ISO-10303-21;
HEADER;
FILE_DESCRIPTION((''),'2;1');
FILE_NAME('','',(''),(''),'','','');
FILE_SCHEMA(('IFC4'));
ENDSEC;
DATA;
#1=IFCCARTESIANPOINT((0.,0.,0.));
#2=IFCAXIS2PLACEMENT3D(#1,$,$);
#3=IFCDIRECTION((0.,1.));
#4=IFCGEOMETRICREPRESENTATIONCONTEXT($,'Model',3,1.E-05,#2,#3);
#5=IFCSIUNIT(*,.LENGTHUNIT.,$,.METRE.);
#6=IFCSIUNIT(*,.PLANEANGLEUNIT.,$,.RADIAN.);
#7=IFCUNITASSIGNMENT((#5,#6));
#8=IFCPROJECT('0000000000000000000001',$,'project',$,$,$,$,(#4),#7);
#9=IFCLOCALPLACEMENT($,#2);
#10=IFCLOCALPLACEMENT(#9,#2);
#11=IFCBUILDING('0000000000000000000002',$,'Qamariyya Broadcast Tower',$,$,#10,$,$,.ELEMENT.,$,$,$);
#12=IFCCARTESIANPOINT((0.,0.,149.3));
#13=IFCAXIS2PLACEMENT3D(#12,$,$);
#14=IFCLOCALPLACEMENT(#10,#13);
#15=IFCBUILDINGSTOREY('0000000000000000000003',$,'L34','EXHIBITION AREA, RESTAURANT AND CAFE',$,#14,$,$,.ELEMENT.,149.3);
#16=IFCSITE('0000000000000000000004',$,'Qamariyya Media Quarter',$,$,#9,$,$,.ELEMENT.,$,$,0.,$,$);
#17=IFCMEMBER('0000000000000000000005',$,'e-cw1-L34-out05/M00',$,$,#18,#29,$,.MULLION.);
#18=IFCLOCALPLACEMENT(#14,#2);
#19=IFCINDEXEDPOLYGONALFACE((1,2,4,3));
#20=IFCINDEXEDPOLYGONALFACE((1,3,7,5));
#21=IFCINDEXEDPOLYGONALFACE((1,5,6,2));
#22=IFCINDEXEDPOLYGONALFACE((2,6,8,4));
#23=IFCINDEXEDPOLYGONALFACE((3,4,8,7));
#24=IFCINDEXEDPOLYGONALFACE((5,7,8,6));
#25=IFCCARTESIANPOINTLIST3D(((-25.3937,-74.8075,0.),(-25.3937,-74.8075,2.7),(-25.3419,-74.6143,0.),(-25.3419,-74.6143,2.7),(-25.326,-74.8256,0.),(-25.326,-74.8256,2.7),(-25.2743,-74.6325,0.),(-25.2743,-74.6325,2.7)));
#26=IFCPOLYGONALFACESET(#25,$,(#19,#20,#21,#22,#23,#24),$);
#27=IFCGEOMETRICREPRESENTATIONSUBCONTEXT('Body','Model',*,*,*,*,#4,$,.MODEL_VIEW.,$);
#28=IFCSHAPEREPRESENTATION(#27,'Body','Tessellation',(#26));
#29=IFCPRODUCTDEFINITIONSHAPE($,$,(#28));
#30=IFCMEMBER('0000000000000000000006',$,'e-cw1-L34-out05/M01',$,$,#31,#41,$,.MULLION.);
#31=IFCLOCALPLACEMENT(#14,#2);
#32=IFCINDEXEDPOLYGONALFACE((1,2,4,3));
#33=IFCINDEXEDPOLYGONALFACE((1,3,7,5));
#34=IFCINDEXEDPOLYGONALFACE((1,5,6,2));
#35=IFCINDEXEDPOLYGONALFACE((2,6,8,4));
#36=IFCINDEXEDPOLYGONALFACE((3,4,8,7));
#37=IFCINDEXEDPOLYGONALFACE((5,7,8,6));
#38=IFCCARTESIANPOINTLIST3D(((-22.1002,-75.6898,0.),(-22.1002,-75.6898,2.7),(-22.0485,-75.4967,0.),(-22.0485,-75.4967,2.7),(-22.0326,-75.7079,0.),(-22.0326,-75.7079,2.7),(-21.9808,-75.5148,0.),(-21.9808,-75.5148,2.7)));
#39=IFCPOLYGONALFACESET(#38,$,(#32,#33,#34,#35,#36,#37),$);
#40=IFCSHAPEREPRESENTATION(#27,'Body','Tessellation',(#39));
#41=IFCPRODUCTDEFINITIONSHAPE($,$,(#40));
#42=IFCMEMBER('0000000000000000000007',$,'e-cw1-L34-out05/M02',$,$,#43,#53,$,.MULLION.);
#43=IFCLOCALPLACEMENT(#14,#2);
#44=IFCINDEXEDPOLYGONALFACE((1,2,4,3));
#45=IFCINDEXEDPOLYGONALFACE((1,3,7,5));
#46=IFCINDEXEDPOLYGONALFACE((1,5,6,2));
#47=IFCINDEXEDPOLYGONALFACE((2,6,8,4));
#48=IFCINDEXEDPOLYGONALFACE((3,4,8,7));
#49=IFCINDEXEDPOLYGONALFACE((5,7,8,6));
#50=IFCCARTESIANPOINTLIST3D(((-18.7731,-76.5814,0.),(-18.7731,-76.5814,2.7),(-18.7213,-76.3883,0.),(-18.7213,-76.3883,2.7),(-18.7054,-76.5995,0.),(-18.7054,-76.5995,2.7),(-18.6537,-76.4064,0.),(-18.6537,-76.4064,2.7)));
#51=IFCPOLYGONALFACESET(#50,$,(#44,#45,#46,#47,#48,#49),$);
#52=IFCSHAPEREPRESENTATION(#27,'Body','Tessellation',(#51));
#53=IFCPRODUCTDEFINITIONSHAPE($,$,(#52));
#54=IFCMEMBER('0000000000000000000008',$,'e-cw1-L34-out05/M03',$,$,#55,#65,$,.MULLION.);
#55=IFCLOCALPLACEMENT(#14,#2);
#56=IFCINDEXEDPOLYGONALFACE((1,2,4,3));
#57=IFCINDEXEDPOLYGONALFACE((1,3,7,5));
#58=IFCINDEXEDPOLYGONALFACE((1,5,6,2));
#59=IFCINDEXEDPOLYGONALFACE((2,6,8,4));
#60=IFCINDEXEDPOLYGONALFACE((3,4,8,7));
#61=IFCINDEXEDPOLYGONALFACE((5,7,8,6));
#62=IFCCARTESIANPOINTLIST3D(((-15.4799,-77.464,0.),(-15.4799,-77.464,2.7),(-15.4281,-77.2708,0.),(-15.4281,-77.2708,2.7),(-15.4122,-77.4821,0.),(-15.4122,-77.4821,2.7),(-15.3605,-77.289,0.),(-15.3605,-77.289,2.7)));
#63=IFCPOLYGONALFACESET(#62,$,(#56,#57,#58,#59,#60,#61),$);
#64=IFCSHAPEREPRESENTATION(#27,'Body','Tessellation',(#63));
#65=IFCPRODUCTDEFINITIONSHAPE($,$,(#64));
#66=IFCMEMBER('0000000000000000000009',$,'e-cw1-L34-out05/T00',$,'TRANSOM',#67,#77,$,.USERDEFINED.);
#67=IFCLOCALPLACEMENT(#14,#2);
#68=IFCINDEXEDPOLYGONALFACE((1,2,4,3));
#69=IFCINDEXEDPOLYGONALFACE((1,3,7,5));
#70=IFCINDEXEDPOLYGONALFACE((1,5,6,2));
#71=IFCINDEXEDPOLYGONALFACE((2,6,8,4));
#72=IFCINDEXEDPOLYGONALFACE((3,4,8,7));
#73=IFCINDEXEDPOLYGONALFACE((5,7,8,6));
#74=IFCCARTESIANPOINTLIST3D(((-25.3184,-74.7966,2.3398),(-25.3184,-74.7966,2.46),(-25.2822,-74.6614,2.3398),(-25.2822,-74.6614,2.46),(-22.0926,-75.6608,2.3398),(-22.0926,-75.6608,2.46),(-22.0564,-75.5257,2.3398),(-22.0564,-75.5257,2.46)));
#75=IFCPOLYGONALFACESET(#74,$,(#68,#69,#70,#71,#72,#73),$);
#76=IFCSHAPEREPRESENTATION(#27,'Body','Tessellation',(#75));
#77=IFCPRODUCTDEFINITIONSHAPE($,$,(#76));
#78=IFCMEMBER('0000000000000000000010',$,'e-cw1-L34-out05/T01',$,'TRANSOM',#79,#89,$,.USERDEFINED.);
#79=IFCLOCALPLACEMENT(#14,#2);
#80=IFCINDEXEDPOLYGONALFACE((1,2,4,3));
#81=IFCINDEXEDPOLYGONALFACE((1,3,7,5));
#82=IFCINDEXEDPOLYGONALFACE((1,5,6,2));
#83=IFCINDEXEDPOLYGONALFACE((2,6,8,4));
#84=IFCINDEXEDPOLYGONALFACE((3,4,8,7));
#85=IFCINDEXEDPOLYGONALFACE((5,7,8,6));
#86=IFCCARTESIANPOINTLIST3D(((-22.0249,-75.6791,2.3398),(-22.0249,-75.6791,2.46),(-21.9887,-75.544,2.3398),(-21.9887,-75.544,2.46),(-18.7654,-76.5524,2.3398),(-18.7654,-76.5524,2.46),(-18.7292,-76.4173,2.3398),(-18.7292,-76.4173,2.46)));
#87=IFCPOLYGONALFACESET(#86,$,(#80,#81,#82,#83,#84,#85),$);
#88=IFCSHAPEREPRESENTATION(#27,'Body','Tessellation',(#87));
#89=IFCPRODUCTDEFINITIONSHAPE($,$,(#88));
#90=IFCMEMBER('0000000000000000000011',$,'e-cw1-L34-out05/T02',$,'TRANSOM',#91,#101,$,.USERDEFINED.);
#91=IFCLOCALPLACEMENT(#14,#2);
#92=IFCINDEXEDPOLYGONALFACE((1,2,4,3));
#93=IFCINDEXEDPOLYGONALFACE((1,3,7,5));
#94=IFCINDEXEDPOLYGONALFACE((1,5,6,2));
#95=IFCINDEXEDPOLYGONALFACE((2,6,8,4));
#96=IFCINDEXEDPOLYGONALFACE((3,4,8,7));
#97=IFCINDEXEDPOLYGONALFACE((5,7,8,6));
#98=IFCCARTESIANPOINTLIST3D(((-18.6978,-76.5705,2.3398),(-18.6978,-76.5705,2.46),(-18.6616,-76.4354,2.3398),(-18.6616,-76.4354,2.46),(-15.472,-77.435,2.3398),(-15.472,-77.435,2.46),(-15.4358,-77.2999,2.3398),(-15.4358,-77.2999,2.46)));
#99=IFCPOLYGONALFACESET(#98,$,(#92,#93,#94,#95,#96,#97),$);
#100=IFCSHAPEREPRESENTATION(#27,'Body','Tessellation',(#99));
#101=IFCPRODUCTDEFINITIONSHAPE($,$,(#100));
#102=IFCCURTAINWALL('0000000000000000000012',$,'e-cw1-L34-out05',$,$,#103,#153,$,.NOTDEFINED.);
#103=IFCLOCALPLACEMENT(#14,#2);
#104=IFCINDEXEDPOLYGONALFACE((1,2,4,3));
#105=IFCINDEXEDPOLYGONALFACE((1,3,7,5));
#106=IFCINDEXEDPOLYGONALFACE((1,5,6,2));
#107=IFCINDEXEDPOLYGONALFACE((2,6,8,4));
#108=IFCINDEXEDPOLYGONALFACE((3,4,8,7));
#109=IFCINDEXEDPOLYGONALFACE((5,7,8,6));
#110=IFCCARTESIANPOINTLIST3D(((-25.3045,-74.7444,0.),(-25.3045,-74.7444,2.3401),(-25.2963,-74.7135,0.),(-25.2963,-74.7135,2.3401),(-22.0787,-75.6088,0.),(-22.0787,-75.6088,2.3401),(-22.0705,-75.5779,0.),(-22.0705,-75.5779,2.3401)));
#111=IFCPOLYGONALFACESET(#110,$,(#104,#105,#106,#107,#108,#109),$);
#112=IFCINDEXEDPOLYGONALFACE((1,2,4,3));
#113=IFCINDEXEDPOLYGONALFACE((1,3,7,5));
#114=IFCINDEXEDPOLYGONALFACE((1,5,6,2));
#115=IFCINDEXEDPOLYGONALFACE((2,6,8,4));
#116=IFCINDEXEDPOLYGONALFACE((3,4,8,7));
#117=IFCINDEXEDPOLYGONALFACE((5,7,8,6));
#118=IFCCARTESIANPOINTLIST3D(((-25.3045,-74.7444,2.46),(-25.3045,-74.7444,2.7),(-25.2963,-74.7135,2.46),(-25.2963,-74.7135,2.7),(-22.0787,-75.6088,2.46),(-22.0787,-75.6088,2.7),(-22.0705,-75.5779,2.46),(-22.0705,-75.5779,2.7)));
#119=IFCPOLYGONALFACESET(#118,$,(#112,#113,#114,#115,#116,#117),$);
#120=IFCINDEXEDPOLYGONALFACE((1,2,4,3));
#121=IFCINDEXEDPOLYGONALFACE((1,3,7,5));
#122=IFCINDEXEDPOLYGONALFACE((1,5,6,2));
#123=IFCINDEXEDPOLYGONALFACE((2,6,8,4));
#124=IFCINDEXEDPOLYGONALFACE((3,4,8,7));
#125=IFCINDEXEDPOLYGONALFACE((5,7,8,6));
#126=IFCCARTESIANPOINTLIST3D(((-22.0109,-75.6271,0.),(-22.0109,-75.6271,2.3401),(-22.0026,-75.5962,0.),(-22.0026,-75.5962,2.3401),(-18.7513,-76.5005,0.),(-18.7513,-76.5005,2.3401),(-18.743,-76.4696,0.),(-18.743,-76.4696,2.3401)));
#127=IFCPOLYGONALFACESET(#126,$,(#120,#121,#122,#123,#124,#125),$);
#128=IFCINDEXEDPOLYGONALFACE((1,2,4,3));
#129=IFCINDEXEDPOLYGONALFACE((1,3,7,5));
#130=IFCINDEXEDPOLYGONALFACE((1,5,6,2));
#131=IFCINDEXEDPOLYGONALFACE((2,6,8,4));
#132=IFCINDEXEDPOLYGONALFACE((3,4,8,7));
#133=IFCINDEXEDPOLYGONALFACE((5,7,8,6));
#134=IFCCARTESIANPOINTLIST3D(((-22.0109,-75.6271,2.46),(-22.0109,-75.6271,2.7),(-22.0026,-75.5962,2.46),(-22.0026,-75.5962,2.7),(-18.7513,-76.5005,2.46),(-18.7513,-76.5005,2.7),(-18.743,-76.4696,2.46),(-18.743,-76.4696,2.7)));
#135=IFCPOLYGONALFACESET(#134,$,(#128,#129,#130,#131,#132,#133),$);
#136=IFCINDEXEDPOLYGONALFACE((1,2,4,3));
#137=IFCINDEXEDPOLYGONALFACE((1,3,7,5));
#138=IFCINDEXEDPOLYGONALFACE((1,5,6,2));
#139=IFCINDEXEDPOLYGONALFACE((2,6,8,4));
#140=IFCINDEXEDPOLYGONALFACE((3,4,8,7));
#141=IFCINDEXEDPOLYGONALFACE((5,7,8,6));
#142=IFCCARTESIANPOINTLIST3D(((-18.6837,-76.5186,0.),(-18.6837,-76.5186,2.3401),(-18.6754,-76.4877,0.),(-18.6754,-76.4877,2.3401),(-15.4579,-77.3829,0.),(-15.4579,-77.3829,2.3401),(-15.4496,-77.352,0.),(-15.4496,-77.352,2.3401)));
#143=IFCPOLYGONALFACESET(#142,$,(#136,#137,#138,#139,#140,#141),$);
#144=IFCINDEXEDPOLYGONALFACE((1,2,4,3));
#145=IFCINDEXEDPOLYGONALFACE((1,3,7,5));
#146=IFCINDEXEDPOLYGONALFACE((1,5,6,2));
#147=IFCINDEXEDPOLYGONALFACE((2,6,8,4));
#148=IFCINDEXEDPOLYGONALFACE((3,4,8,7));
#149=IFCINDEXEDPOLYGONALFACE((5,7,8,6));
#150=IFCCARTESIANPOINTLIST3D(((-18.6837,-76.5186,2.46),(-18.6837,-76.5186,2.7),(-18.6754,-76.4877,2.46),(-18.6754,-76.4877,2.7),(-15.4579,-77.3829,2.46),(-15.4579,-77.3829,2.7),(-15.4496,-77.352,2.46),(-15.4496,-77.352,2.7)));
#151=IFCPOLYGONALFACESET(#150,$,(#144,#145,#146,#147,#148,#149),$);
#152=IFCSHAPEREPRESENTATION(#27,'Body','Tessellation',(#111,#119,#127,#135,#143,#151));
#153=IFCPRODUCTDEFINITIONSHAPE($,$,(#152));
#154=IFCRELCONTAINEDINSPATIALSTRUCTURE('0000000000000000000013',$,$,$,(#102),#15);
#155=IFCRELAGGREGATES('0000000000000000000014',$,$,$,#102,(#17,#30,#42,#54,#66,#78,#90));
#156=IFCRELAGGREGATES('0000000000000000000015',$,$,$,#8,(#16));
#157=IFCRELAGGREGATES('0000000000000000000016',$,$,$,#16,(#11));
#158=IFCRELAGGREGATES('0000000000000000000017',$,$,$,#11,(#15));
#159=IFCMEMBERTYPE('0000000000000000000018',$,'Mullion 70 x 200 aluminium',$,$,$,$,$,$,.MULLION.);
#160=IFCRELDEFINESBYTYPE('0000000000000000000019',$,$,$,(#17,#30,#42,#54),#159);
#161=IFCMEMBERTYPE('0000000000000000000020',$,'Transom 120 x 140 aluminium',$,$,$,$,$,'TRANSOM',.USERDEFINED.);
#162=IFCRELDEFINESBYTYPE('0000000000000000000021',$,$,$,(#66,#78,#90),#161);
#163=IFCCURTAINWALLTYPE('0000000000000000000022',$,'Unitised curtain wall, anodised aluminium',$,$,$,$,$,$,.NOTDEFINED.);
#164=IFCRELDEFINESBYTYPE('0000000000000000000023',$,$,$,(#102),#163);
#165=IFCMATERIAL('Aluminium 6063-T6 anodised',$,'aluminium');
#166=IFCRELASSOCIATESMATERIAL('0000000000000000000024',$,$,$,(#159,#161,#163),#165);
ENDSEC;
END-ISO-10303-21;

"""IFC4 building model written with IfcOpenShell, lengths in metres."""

from ifc_helpers import new_model, si_unit, direction, frame, origin, origin_2d, place, context, subcontext, project, spatial, rectangle, extrude, material, material_profile, profile_set, type_object, element, aggregate, save


model = new_model("IFC4")

# Units and contexts
model_context = context("Model", 3, precision=1e-05, world=origin(), true_north=direction((0.0, 1.0)))
body_context = subcontext(model_context, "Body", "Model", "MODEL_VIEW")
ifc_project = project(units=[si_unit("LENGTHUNIT", "METRE"), si_unit("PLANEANGLEUNIT", "RADIAN")], contexts=[model_context])

# Members
ifc_material = material(Name="Aluminium 6063-T6 anodised", Category="aluminium")
ifc_material_profile_1 = material_profile(ifc_material, rectangle(XDim=0.2, YDim=0.0701, at=origin_2d()))
ifc_profile_set_1 = profile_set([ifc_material_profile_1], Name="Aluminium 6063-T6 anodised")
member_type_1 = type_object("IfcMemberType", Name="Mullion 70 x 200 aluminium", PredefinedType="MULLION", material=ifc_profile_set_1)
site_placement = place(None, origin())
building_placement = place(site_placement, origin())
storey_placement = place(building_placement, frame((0.0, 0.0, 149.3)))
member_1_placement = place(storey_placement, frame((-25.334, -74.72, 0.0), z_axis=(0.0, 0.0, 1.0), x_axis=(0.258819, 0.965926, 0.0)))
member_1 = element("IfcMember", 1, at=member_1_placement, type_object=member_type_1, Name="e-cw1-L34-out05/M00", PredefinedType="MULLION", context=body_context, shape_type="SweptSolid", body=[
    extrude(rectangle(XDim=0.2, YDim=0.0701, at=origin_2d()), origin(), (0.0, 0.0, 1.0), 2.7),
])
member_2_placement = place(storey_placement, frame((-22.0405, -75.6023, 0.0), z_axis=(0.0, 0.0, 1.0), x_axis=(0.258819, 0.965926, 0.0)))
member_2 = element("IfcMember", 2, at=member_2_placement, type_object=member_type_1, Name="e-cw1-L34-out05/M01", PredefinedType="MULLION", context=body_context, shape_type="SweptSolid", body=[
    extrude(rectangle(XDim=0.2, YDim=0.0701, at=origin_2d()), origin(), (0.0, 0.0, 1.0), 2.7),
])
member_3_placement = place(storey_placement, frame((-18.7134, -76.4939, 0.0), z_axis=(0.0, 0.0, 1.0), x_axis=(0.258819, 0.965926, 0.0)))
member_3 = element("IfcMember", 3, at=member_3_placement, type_object=member_type_1, Name="e-cw1-L34-out05/M02", PredefinedType="MULLION", context=body_context, shape_type="SweptSolid", body=[
    extrude(rectangle(XDim=0.2, YDim=0.0701, at=origin_2d()), origin(), (0.0, 0.0, 1.0), 2.7),
])
member_4_placement = place(storey_placement, frame((-15.4202, -77.3765, 0.0), z_axis=(0.0, 0.0, 1.0), x_axis=(0.258819, 0.965926, 0.0)))
member_4 = element("IfcMember", 4, at=member_4_placement, type_object=member_type_1, Name="e-cw1-L34-out05/M03", PredefinedType="MULLION", context=body_context, shape_type="SweptSolid", body=[
    extrude(rectangle(XDim=0.2, YDim=0.0701, at=origin_2d()), origin(), (0.0, 0.0, 1.0), 2.7),
])
ifc_material_profile_2 = material_profile(ifc_material, rectangle(XDim=0.1399, YDim=0.1201, at=origin_2d()))
ifc_profile_set_2 = profile_set([ifc_material_profile_2], Name="Aluminium 6063-T6 anodised")
member_type_2 = type_object("IfcMemberType", Name="Transom 120 x 140 aluminium", ElementType="TRANSOM", PredefinedType="USERDEFINED", material=ifc_profile_set_2)
member_5_placement = place(storey_placement, frame((-25.3003, -74.729, 2.3999), z_axis=(0.965933, -0.258791, 0.0), x_axis=(0.258791, 0.965933, 0.0)))
member_5 = element("IfcMember", 5, at=member_5_placement, type_object=member_type_2, Name="e-cw1-L34-out05/T00", ObjectType="TRANSOM", PredefinedType="USERDEFINED", context=body_context, shape_type="SweptSolid", body=[
    extrude(rectangle(XDim=0.1399, YDim=0.1201, at=origin_2d()), origin(), (0.0, 0.0, 1.0), 3.3396),
])
member_6_placement = place(storey_placement, frame((-22.0068, -75.6116, 2.3999), z_axis=(0.965933, -0.258793, 0.0), x_axis=(0.258793, 0.965933, 0.0)))
member_6 = element("IfcMember", 6, at=member_6_placement, type_object=member_type_2, Name="e-cw1-L34-out05/T01", ObjectType="TRANSOM", PredefinedType="USERDEFINED", context=body_context, shape_type="SweptSolid", body=[
    extrude(rectangle(XDim=0.1399, YDim=0.1201, at=origin_2d()), origin(), (0.0, 0.0, 1.0), 3.3745),
])
member_7_placement = place(storey_placement, frame((-18.6797, -76.5029, 2.3999), z_axis=(0.965915, -0.258859, 0.0), x_axis=(0.258859, 0.965915, 0.0)))
member_7 = element("IfcMember", 7, at=member_7_placement, type_object=member_type_2, Name="e-cw1-L34-out05/T02", ObjectType="TRANSOM", PredefinedType="USERDEFINED", context=body_context, shape_type="SweptSolid", body=[
    extrude(rectangle(XDim=0.1399, YDim=0.1201, at=origin_2d()), origin(), (0.0, 0.0, 1.0), 3.3396),
])

# Site, building, storey
site = spatial("IfcSite", under=ifc_project, at=site_placement, Name="Qamariyya Media Quarter", CompositionType="ELEMENT", RefElevation=0.0)
building = spatial("IfcBuilding", under=site, at=building_placement, Name="Qamariyya Broadcast Tower", CompositionType="ELEMENT")
storey = spatial("IfcBuildingStorey", under=building, at=storey_placement, Name="L34", Description="EXHIBITION AREA, RESTAURANT AND CAFE", CompositionType="ELEMENT", Elevation=149.3)

# Curtain wall
curtain_wall_type = type_object("IfcCurtainWallType", Name="Unitised curtain wall, anodised aluminium", PredefinedType="NOTDEFINED", material=ifc_material)
curtain_wall_1_placement = place(storey_placement, origin())
curtain_wall_1 = element("IfcCurtainWall", 8, at=curtain_wall_1_placement, inside=storey, type_object=curtain_wall_type, Name="e-cw1-L34-out05", PredefinedType="NOTDEFINED", context=body_context, shape_type="SweptSolid", body=[
    extrude(rectangle(XDim=3.3396, YDim=0.032, at=origin_2d()), frame((-23.6875, -75.1611, 0.0), x_axis=(0.965926, -0.258817, 0.0)), (0.0, 0.0, 1.0), 2.3401),
    extrude(rectangle(XDim=3.3396, YDim=0.032, at=origin_2d()), frame((-23.6875, -75.1611, 2.46), x_axis=(0.965926, -0.258817, 0.0)), (0.0, 0.0, 1.0), 0.24),
    extrude(rectangle(XDim=3.3745, YDim=0.032, at=origin_2d()), frame((-20.377, -76.0483, 0.0), x_axis=(0.965926, -0.258817, 0.0)), (0.0, 0.0, 1.0), 2.3401),
    extrude(rectangle(XDim=3.3745, YDim=0.032, at=origin_2d()), frame((-20.377, -76.0483, 2.46), x_axis=(0.965926, -0.258817, 0.0)), (0.0, 0.0, 1.0), 0.24),
    extrude(rectangle(XDim=3.3396, YDim=0.032, at=origin_2d()), frame((-17.0667, -76.9353, 0.0), x_axis=(0.965926, -0.258817, 0.0)), (0.0, 0.0, 1.0), 2.3401),
    extrude(rectangle(XDim=3.3396, YDim=0.032, at=origin_2d()), frame((-17.0667, -76.9353, 2.46), x_axis=(0.965926, -0.258817, 0.0)), (0.0, 0.0, 1.0), 0.24),
])
aggregate(curtain_wall_1, [member_1, member_2, member_3, member_4, member_5, member_6, member_7])

save(model, "model.ifc")
